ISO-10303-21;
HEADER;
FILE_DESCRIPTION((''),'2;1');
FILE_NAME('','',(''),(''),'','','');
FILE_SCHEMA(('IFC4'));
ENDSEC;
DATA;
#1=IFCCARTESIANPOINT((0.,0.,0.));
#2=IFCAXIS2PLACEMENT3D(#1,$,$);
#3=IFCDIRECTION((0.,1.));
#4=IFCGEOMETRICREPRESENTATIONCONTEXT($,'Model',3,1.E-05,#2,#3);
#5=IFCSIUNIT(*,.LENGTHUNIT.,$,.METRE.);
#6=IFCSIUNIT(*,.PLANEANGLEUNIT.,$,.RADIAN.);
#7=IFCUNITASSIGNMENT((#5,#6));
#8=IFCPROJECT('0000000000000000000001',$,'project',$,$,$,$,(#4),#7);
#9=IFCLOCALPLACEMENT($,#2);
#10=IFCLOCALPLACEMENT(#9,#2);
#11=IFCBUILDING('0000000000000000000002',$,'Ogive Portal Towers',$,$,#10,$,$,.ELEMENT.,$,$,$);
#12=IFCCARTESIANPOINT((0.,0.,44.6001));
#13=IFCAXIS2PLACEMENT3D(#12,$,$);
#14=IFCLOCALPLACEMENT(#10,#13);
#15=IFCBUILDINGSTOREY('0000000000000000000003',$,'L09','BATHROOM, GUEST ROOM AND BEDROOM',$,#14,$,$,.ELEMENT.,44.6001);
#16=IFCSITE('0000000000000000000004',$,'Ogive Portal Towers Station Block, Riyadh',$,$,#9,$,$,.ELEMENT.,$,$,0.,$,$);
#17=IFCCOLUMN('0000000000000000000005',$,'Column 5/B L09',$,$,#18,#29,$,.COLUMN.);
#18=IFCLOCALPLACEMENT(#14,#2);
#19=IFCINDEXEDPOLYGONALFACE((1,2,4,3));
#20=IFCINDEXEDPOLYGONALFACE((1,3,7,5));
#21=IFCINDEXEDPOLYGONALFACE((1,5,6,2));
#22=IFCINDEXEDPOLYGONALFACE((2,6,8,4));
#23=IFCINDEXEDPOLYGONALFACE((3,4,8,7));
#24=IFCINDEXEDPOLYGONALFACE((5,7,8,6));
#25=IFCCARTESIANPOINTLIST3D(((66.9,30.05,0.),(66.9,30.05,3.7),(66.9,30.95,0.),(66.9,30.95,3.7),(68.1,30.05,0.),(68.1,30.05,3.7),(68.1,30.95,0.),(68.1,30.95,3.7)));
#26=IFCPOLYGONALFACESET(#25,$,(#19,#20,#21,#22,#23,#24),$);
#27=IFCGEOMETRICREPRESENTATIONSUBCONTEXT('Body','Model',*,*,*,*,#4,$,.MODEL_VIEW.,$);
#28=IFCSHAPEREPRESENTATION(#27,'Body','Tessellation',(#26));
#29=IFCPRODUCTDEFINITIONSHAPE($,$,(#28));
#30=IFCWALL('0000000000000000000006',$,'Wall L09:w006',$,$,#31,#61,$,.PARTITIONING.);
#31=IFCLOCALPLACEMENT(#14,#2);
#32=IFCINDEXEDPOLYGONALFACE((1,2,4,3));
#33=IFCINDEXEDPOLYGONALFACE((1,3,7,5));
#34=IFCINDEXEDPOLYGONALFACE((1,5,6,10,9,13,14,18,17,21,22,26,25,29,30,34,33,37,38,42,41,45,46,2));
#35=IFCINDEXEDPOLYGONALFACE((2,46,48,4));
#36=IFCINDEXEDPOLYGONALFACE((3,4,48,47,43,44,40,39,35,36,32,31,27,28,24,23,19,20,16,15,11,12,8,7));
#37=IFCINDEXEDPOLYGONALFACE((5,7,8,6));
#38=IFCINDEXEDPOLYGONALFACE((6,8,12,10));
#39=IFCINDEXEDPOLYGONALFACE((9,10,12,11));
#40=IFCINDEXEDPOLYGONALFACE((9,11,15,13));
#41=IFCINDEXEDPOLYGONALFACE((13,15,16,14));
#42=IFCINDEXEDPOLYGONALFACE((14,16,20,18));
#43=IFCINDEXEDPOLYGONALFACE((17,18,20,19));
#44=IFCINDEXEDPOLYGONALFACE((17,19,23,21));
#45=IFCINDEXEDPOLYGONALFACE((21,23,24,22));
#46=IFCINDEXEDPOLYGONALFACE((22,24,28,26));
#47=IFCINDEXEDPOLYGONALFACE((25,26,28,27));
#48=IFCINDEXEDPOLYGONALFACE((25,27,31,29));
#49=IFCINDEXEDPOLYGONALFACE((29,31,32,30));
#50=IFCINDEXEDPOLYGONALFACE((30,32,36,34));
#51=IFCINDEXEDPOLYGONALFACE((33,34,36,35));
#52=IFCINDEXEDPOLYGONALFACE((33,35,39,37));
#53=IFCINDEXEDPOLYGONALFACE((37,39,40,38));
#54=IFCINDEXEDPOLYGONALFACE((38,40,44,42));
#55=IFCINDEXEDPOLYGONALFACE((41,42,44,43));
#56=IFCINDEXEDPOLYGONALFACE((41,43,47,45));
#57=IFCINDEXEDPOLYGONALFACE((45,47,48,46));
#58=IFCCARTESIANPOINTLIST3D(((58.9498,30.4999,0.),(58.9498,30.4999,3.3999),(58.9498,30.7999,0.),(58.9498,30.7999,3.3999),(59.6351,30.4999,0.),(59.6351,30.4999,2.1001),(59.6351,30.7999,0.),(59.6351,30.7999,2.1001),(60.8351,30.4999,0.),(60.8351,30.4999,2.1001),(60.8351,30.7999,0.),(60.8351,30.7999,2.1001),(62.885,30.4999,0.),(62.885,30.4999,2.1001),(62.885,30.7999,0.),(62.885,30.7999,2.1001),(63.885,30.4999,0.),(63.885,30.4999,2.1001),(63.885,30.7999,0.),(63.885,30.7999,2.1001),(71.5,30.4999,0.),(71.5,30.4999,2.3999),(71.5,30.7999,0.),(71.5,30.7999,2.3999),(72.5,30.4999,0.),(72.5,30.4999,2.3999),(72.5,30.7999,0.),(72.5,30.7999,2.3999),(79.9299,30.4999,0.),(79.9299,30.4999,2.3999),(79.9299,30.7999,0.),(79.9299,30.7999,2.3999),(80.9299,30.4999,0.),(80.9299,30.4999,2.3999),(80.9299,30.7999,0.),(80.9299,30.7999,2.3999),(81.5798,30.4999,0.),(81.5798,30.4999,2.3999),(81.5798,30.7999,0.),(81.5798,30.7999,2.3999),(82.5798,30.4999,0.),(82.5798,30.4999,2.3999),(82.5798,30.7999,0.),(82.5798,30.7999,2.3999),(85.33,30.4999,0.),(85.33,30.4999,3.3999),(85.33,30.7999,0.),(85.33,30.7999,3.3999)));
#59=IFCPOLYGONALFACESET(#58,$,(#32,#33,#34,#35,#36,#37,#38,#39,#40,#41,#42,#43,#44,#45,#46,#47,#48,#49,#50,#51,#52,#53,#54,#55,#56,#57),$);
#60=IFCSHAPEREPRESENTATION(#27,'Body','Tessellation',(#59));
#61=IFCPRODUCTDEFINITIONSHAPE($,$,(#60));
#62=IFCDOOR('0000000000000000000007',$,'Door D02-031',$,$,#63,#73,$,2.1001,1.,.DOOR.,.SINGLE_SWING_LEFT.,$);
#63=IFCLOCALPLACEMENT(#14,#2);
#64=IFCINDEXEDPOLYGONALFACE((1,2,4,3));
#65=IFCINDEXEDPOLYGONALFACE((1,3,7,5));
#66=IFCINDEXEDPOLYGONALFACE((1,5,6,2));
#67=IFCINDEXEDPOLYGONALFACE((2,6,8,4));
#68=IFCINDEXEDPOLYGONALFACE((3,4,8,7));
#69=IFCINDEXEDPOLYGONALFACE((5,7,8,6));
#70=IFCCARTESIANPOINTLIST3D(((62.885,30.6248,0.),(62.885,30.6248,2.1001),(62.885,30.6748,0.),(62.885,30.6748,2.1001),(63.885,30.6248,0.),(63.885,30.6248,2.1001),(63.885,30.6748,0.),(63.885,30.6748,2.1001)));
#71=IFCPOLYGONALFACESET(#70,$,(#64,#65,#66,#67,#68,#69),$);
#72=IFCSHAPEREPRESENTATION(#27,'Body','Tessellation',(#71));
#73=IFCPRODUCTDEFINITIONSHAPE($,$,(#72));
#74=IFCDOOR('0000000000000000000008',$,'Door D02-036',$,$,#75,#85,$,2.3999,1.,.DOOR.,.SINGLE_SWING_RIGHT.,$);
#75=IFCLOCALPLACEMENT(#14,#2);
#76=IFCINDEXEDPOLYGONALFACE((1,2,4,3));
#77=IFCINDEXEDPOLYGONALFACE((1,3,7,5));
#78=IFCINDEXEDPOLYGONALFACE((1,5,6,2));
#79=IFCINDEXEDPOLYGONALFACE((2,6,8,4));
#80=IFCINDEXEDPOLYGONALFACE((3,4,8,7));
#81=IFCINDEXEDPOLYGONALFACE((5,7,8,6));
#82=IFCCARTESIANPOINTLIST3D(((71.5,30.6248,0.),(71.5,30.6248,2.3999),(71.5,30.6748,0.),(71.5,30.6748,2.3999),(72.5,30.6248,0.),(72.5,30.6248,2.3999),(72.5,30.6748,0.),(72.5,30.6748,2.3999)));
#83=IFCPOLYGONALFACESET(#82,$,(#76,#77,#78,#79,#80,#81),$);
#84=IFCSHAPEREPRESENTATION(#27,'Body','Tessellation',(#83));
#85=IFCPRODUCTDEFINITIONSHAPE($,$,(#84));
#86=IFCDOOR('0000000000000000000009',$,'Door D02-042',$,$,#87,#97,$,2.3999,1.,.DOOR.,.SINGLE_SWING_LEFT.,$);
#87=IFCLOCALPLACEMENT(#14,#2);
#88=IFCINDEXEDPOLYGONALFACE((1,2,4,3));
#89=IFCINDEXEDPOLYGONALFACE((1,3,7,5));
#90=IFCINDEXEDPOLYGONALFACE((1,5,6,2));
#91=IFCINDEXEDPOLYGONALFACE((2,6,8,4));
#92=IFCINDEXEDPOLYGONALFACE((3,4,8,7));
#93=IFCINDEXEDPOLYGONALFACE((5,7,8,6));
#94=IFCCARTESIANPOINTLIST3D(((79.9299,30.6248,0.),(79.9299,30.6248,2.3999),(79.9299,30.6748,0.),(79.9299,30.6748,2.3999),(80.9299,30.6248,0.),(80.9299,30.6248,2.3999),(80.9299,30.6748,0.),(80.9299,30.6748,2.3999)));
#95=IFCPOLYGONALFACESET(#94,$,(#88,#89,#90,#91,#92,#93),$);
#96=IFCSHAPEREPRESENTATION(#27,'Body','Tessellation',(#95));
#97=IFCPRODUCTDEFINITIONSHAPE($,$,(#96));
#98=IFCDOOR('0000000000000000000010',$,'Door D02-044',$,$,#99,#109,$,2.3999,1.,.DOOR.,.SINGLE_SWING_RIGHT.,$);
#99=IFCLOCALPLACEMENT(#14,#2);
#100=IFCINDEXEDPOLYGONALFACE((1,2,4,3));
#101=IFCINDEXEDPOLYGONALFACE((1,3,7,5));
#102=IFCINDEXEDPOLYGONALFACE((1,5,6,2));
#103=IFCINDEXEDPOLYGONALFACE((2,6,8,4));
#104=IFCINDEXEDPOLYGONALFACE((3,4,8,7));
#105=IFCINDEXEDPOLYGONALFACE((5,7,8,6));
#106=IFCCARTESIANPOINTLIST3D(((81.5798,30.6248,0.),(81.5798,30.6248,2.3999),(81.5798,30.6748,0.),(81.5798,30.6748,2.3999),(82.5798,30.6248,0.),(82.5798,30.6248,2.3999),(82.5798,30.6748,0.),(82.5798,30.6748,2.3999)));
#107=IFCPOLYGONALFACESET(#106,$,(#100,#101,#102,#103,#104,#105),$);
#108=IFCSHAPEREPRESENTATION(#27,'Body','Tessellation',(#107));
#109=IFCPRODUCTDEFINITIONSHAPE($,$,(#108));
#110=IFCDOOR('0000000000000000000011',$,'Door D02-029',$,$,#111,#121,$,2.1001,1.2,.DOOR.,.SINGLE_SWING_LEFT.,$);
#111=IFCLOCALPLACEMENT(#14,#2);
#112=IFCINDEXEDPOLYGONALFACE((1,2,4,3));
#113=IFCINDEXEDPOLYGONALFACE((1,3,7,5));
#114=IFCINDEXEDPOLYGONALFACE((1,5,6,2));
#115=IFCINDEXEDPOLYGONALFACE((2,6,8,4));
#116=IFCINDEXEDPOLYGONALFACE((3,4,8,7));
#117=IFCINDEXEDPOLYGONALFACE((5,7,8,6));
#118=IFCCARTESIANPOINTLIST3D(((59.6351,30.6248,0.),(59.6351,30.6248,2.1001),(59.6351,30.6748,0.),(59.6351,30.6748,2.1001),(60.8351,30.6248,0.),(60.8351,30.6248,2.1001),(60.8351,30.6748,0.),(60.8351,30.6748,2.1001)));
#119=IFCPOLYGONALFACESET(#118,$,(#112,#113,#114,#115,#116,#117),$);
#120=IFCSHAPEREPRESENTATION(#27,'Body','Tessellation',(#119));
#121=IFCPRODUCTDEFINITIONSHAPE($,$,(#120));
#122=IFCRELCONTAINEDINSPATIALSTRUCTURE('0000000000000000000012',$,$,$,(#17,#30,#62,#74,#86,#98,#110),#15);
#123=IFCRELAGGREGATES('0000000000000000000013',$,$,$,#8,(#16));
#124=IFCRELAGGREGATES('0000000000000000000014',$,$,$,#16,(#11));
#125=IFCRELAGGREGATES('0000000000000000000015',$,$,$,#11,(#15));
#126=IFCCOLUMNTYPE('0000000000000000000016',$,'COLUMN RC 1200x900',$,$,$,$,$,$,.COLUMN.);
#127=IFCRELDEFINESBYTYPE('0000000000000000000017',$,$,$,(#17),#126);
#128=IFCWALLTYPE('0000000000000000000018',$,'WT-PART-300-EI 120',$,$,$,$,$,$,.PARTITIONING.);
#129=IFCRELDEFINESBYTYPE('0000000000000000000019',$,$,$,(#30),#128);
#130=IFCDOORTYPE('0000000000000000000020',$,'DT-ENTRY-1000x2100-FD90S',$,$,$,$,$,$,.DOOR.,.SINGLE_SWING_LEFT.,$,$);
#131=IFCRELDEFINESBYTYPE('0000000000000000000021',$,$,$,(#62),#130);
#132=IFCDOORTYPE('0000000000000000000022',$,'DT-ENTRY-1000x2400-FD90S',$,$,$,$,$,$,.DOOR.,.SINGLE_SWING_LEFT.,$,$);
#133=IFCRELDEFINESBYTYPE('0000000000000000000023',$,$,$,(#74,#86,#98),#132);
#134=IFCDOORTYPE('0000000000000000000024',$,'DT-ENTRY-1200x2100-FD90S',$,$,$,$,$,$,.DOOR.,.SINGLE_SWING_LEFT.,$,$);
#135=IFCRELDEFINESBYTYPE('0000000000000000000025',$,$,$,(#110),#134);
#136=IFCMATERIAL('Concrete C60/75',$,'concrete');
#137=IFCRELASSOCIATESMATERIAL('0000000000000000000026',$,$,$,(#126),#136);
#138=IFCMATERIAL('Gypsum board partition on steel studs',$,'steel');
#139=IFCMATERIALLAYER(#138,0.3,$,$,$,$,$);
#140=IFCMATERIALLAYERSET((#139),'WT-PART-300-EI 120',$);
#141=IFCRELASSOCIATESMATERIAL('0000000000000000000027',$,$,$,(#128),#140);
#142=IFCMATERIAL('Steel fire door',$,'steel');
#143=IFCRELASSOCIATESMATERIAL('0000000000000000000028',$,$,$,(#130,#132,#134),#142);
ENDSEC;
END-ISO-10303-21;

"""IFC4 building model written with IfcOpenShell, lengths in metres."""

from ifc_helpers import new_model, si_unit, direction, frame, frame_2d, origin, origin_2d, place, context, subcontext, project, spatial, rectangle, extrude, material, layer, layer_set, material_profile, profile_set, type_object, element, fill, save


model = new_model("IFC4")

# Units and contexts
model_context = context("Model", 3, precision=1e-05, world=origin(), true_north=direction((0.0, 1.0)))
body_context = subcontext(model_context, "Body", "Model", "MODEL_VIEW")
ifc_project = project(units=[si_unit("LENGTHUNIT", "METRE"), si_unit("PLANEANGLEUNIT", "RADIAN")], contexts=[model_context])

# Site, building, storey
site_placement = place(None, origin())
site = spatial("IfcSite", under=ifc_project, at=site_placement, Name="Ogive Portal Towers Station Block, Riyadh", CompositionType="ELEMENT", RefElevation=0.0)
building_placement = place(site_placement, origin())
building = spatial("IfcBuilding", under=site, at=building_placement, Name="Ogive Portal Towers", CompositionType="ELEMENT")
storey_placement = place(building_placement, frame((0.0, 0.0, 44.6001)))
storey = spatial("IfcBuildingStorey", under=building, at=storey_placement, Name="L09", Description="BATHROOM, GUEST ROOM AND BEDROOM", CompositionType="ELEMENT", Elevation=44.6001)

# Column
ifc_material_1 = material(Name="Concrete C60/75", Category="concrete")
ifc_material_profile = material_profile(ifc_material_1, rectangle(XDim=1.2, YDim=0.8999, at=origin_2d()), Name="RC 1200x900")
ifc_profile_set = profile_set([ifc_material_profile], Name="Concrete C60/75")
column_type = type_object("IfcColumnType", Name="COLUMN RC 1200x900", PredefinedType="COLUMN", material=ifc_profile_set)
column_placement = place(storey_placement, frame((67.5, 30.5, 0.0), z_axis=(0.0, 0.0, 1.0), x_axis=(1.0, 0.0, 0.0)))
element("IfcColumn", 1, at=column_placement, inside=storey, type_object=column_type, Name="Column 5/B L09", PredefinedType="COLUMN", context=body_context, shape_type="SweptSolid", body=[
    extrude(rectangle(XDim=1.2, YDim=0.8999, at=origin_2d()), origin(), (0.0, 0.0, 1.0), 3.7),
])

# Wall, openings, doors
ifc_material_2 = material(Name="Gypsum board partition on steel studs", Category="steel")
ifc_layer_1 = layer(ifc_material_2, 0.3)
ifc_layer_set_1 = layer_set([ifc_layer_1], Name="WT-PART-300-EI 120")
wall_type_1 = type_object("IfcWallType", Name="WT-PART-300-EI 120", PredefinedType="PARTITIONING", material=ifc_layer_set_1)
wall_1_placement = place(storey_placement, frame((58.95, 30.6499, 0.0), z_axis=(0.0, 0.0, 1.0), x_axis=(1.0, 0.0, 0.0)))
wall_1 = element("IfcWall", 2, at=wall_1_placement, inside=storey, type_object=wall_type_1, Name="Wall L09:w006", PredefinedType="PARTITIONING", context=body_context, shape_type="SweptSolid", body=[
    extrude(rectangle(XDim=26.3801, YDim=0.3, at=frame_2d((13.1899, 0.0))), origin(), (0.0, 0.0, 1.0), 3.3999),
])
opening_1_placement = place(wall_1_placement, frame((0.6851, 0.0, 0.0)))
opening_1 = element("IfcOpeningElement", 3, at=opening_1_placement, cuts=wall_1, PredefinedType="OPENING", context=body_context, shape_type="SweptSolid", body=[
    extrude(rectangle(XDim=1.2, YDim=2.1001, at=frame_2d((0.6001, 1.05))), frame((0.0, 0.1602, 0.0), z_axis=(0.0, -1.0, 0.0), x_axis=(1.0, 0.0, 0.0)), (0.0, 0.0, 1.0), 0.3201),
])
opening_2_placement = place(wall_1_placement, frame((3.9351, 0.0, 0.0)))
opening_2 = element("IfcOpeningElement", 4, at=opening_2_placement, cuts=wall_1, PredefinedType="OPENING", context=body_context, shape_type="SweptSolid", body=[
    extrude(rectangle(XDim=1.0, YDim=2.1001, at=frame_2d((0.5, 1.05))), frame((0.0, 0.1602, 0.0), z_axis=(0.0, -1.0, 0.0), x_axis=(1.0, 0.0, 0.0)), (0.0, 0.0, 1.0), 0.3201),
])
opening_3_placement = place(wall_1_placement, frame((12.55, 0.0, 0.0)))
opening_3 = element("IfcOpeningElement", 5, at=opening_3_placement, cuts=wall_1, PredefinedType="OPENING", context=body_context, shape_type="SweptSolid", body=[
    extrude(rectangle(XDim=1.0, YDim=2.3999, at=frame_2d((0.5, 1.2))), frame((0.0, 0.1602, 0.0), z_axis=(0.0, -1.0, 0.0), x_axis=(1.0, 0.0, 0.0)), (0.0, 0.0, 1.0), 0.3201),
])
opening_4_placement = place(wall_1_placement, frame((20.98, 0.0, 0.0)))
opening_4 = element("IfcOpeningElement", 6, at=opening_4_placement, cuts=wall_1, PredefinedType="OPENING", context=body_context, shape_type="SweptSolid", body=[
    extrude(rectangle(XDim=1.0, YDim=2.3999, at=frame_2d((0.5, 1.2))), frame((0.0, 0.1602, 0.0), z_axis=(0.0, -1.0, 0.0), x_axis=(1.0, 0.0, 0.0)), (0.0, 0.0, 1.0), 0.3201),
])
opening_5_placement = place(wall_1_placement, frame((22.6299, 0.0, 0.0)))
opening_5 = element("IfcOpeningElement", 7, at=opening_5_placement, cuts=wall_1, PredefinedType="OPENING", context=body_context, shape_type="SweptSolid", body=[
    extrude(rectangle(XDim=1.0, YDim=2.3999, at=frame_2d((0.5, 1.2))), frame((0.0, 0.1602, 0.0), z_axis=(0.0, -1.0, 0.0), x_axis=(1.0, 0.0, 0.0)), (0.0, 0.0, 1.0), 0.3201),
])
ifc_material_3 = material(Name="Steel fire door", Category="steel")
door_type_1 = type_object("IfcDoorType", Name="DT-ENTRY-1000x2100-FD90S", OperationType="SINGLE_SWING_LEFT", PredefinedType="DOOR", material=ifc_material_3)
door_1_placement = place(opening_2_placement, origin())
door_1 = element("IfcDoor", 8, at=door_1_placement, inside=storey, type_object=door_type_1, Name="Door D02-031", OperationType="SINGLE_SWING_LEFT", OverallHeight=2.1001, OverallWidth=1.0, PredefinedType="DOOR", context=body_context, shape_type="SweptSolid", body=[
    extrude(rectangle(XDim=1.0, YDim=2.1001, at=frame_2d((0.5, 1.05))), frame((0.0, 0.0249, 0.0), z_axis=(0.0, -1.0, 0.0), x_axis=(1.0, 0.0, 0.0)), (0.0, 0.0, 1.0), 0.05),
])
fill(opening_2, door_1)
door_type_2 = type_object("IfcDoorType", Name="DT-ENTRY-1000x2400-FD90S", OperationType="SINGLE_SWING_LEFT", PredefinedType="DOOR", material=ifc_material_3)
door_2_placement = place(opening_3_placement, origin())
door_2 = element("IfcDoor", 9, at=door_2_placement, inside=storey, type_object=door_type_2, Name="Door D02-036", OperationType="SINGLE_SWING_RIGHT", OverallHeight=2.3999, OverallWidth=1.0, PredefinedType="DOOR", context=body_context, shape_type="SweptSolid", body=[
    extrude(rectangle(XDim=1.0, YDim=2.3999, at=frame_2d((0.5, 1.2))), frame((0.0, 0.0249, 0.0), z_axis=(0.0, -1.0, 0.0), x_axis=(1.0, 0.0, 0.0)), (0.0, 0.0, 1.0), 0.05),
])
fill(opening_3, door_2)
door_3_placement = place(opening_4_placement, origin())
door_3 = element("IfcDoor", 10, at=door_3_placement, inside=storey, type_object=door_type_2, Name="Door D02-042", OperationType="SINGLE_SWING_LEFT", OverallHeight=2.3999, OverallWidth=1.0, PredefinedType="DOOR", context=body_context, shape_type="SweptSolid", body=[
    extrude(rectangle(XDim=1.0, YDim=2.3999, at=frame_2d((0.5, 1.2))), frame((0.0, 0.0249, 0.0), z_axis=(0.0, -1.0, 0.0), x_axis=(1.0, 0.0, 0.0)), (0.0, 0.0, 1.0), 0.05),
])
fill(opening_4, door_3)
door_4_placement = place(opening_5_placement, origin())
door_4 = element("IfcDoor", 11, at=door_4_placement, inside=storey, type_object=door_type_2, Name="Door D02-044", OperationType="SINGLE_SWING_RIGHT", OverallHeight=2.3999, OverallWidth=1.0, PredefinedType="DOOR", context=body_context, shape_type="SweptSolid", body=[
    extrude(rectangle(XDim=1.0, YDim=2.3999, at=frame_2d((0.5, 1.2))), frame((0.0, 0.0249, 0.0), z_axis=(0.0, -1.0, 0.0), x_axis=(1.0, 0.0, 0.0)), (0.0, 0.0, 1.0), 0.05),
])
fill(opening_5, door_4)
door_type_3 = type_object("IfcDoorType", Name="DT-ENTRY-1200x2100-FD90S", OperationType="SINGLE_SWING_LEFT", PredefinedType="DOOR", material=ifc_material_3)
door_5_placement = place(opening_1_placement, origin())
door_5 = element("IfcDoor", 12, at=door_5_placement, inside=storey, type_object=door_type_3, Name="Door D02-029", OperationType="SINGLE_SWING_LEFT", OverallHeight=2.1001, OverallWidth=1.2, PredefinedType="DOOR", context=body_context, shape_type="SweptSolid", body=[
    extrude(rectangle(XDim=1.2, YDim=2.1001, at=frame_2d((0.6001, 1.05))), frame((0.0, 0.0249, 0.0), z_axis=(0.0, -1.0, 0.0), x_axis=(1.0, 0.0, 0.0)), (0.0, 0.0, 1.0), 0.05),
])
fill(opening_1, door_5)

save(model, "model.ifc")
